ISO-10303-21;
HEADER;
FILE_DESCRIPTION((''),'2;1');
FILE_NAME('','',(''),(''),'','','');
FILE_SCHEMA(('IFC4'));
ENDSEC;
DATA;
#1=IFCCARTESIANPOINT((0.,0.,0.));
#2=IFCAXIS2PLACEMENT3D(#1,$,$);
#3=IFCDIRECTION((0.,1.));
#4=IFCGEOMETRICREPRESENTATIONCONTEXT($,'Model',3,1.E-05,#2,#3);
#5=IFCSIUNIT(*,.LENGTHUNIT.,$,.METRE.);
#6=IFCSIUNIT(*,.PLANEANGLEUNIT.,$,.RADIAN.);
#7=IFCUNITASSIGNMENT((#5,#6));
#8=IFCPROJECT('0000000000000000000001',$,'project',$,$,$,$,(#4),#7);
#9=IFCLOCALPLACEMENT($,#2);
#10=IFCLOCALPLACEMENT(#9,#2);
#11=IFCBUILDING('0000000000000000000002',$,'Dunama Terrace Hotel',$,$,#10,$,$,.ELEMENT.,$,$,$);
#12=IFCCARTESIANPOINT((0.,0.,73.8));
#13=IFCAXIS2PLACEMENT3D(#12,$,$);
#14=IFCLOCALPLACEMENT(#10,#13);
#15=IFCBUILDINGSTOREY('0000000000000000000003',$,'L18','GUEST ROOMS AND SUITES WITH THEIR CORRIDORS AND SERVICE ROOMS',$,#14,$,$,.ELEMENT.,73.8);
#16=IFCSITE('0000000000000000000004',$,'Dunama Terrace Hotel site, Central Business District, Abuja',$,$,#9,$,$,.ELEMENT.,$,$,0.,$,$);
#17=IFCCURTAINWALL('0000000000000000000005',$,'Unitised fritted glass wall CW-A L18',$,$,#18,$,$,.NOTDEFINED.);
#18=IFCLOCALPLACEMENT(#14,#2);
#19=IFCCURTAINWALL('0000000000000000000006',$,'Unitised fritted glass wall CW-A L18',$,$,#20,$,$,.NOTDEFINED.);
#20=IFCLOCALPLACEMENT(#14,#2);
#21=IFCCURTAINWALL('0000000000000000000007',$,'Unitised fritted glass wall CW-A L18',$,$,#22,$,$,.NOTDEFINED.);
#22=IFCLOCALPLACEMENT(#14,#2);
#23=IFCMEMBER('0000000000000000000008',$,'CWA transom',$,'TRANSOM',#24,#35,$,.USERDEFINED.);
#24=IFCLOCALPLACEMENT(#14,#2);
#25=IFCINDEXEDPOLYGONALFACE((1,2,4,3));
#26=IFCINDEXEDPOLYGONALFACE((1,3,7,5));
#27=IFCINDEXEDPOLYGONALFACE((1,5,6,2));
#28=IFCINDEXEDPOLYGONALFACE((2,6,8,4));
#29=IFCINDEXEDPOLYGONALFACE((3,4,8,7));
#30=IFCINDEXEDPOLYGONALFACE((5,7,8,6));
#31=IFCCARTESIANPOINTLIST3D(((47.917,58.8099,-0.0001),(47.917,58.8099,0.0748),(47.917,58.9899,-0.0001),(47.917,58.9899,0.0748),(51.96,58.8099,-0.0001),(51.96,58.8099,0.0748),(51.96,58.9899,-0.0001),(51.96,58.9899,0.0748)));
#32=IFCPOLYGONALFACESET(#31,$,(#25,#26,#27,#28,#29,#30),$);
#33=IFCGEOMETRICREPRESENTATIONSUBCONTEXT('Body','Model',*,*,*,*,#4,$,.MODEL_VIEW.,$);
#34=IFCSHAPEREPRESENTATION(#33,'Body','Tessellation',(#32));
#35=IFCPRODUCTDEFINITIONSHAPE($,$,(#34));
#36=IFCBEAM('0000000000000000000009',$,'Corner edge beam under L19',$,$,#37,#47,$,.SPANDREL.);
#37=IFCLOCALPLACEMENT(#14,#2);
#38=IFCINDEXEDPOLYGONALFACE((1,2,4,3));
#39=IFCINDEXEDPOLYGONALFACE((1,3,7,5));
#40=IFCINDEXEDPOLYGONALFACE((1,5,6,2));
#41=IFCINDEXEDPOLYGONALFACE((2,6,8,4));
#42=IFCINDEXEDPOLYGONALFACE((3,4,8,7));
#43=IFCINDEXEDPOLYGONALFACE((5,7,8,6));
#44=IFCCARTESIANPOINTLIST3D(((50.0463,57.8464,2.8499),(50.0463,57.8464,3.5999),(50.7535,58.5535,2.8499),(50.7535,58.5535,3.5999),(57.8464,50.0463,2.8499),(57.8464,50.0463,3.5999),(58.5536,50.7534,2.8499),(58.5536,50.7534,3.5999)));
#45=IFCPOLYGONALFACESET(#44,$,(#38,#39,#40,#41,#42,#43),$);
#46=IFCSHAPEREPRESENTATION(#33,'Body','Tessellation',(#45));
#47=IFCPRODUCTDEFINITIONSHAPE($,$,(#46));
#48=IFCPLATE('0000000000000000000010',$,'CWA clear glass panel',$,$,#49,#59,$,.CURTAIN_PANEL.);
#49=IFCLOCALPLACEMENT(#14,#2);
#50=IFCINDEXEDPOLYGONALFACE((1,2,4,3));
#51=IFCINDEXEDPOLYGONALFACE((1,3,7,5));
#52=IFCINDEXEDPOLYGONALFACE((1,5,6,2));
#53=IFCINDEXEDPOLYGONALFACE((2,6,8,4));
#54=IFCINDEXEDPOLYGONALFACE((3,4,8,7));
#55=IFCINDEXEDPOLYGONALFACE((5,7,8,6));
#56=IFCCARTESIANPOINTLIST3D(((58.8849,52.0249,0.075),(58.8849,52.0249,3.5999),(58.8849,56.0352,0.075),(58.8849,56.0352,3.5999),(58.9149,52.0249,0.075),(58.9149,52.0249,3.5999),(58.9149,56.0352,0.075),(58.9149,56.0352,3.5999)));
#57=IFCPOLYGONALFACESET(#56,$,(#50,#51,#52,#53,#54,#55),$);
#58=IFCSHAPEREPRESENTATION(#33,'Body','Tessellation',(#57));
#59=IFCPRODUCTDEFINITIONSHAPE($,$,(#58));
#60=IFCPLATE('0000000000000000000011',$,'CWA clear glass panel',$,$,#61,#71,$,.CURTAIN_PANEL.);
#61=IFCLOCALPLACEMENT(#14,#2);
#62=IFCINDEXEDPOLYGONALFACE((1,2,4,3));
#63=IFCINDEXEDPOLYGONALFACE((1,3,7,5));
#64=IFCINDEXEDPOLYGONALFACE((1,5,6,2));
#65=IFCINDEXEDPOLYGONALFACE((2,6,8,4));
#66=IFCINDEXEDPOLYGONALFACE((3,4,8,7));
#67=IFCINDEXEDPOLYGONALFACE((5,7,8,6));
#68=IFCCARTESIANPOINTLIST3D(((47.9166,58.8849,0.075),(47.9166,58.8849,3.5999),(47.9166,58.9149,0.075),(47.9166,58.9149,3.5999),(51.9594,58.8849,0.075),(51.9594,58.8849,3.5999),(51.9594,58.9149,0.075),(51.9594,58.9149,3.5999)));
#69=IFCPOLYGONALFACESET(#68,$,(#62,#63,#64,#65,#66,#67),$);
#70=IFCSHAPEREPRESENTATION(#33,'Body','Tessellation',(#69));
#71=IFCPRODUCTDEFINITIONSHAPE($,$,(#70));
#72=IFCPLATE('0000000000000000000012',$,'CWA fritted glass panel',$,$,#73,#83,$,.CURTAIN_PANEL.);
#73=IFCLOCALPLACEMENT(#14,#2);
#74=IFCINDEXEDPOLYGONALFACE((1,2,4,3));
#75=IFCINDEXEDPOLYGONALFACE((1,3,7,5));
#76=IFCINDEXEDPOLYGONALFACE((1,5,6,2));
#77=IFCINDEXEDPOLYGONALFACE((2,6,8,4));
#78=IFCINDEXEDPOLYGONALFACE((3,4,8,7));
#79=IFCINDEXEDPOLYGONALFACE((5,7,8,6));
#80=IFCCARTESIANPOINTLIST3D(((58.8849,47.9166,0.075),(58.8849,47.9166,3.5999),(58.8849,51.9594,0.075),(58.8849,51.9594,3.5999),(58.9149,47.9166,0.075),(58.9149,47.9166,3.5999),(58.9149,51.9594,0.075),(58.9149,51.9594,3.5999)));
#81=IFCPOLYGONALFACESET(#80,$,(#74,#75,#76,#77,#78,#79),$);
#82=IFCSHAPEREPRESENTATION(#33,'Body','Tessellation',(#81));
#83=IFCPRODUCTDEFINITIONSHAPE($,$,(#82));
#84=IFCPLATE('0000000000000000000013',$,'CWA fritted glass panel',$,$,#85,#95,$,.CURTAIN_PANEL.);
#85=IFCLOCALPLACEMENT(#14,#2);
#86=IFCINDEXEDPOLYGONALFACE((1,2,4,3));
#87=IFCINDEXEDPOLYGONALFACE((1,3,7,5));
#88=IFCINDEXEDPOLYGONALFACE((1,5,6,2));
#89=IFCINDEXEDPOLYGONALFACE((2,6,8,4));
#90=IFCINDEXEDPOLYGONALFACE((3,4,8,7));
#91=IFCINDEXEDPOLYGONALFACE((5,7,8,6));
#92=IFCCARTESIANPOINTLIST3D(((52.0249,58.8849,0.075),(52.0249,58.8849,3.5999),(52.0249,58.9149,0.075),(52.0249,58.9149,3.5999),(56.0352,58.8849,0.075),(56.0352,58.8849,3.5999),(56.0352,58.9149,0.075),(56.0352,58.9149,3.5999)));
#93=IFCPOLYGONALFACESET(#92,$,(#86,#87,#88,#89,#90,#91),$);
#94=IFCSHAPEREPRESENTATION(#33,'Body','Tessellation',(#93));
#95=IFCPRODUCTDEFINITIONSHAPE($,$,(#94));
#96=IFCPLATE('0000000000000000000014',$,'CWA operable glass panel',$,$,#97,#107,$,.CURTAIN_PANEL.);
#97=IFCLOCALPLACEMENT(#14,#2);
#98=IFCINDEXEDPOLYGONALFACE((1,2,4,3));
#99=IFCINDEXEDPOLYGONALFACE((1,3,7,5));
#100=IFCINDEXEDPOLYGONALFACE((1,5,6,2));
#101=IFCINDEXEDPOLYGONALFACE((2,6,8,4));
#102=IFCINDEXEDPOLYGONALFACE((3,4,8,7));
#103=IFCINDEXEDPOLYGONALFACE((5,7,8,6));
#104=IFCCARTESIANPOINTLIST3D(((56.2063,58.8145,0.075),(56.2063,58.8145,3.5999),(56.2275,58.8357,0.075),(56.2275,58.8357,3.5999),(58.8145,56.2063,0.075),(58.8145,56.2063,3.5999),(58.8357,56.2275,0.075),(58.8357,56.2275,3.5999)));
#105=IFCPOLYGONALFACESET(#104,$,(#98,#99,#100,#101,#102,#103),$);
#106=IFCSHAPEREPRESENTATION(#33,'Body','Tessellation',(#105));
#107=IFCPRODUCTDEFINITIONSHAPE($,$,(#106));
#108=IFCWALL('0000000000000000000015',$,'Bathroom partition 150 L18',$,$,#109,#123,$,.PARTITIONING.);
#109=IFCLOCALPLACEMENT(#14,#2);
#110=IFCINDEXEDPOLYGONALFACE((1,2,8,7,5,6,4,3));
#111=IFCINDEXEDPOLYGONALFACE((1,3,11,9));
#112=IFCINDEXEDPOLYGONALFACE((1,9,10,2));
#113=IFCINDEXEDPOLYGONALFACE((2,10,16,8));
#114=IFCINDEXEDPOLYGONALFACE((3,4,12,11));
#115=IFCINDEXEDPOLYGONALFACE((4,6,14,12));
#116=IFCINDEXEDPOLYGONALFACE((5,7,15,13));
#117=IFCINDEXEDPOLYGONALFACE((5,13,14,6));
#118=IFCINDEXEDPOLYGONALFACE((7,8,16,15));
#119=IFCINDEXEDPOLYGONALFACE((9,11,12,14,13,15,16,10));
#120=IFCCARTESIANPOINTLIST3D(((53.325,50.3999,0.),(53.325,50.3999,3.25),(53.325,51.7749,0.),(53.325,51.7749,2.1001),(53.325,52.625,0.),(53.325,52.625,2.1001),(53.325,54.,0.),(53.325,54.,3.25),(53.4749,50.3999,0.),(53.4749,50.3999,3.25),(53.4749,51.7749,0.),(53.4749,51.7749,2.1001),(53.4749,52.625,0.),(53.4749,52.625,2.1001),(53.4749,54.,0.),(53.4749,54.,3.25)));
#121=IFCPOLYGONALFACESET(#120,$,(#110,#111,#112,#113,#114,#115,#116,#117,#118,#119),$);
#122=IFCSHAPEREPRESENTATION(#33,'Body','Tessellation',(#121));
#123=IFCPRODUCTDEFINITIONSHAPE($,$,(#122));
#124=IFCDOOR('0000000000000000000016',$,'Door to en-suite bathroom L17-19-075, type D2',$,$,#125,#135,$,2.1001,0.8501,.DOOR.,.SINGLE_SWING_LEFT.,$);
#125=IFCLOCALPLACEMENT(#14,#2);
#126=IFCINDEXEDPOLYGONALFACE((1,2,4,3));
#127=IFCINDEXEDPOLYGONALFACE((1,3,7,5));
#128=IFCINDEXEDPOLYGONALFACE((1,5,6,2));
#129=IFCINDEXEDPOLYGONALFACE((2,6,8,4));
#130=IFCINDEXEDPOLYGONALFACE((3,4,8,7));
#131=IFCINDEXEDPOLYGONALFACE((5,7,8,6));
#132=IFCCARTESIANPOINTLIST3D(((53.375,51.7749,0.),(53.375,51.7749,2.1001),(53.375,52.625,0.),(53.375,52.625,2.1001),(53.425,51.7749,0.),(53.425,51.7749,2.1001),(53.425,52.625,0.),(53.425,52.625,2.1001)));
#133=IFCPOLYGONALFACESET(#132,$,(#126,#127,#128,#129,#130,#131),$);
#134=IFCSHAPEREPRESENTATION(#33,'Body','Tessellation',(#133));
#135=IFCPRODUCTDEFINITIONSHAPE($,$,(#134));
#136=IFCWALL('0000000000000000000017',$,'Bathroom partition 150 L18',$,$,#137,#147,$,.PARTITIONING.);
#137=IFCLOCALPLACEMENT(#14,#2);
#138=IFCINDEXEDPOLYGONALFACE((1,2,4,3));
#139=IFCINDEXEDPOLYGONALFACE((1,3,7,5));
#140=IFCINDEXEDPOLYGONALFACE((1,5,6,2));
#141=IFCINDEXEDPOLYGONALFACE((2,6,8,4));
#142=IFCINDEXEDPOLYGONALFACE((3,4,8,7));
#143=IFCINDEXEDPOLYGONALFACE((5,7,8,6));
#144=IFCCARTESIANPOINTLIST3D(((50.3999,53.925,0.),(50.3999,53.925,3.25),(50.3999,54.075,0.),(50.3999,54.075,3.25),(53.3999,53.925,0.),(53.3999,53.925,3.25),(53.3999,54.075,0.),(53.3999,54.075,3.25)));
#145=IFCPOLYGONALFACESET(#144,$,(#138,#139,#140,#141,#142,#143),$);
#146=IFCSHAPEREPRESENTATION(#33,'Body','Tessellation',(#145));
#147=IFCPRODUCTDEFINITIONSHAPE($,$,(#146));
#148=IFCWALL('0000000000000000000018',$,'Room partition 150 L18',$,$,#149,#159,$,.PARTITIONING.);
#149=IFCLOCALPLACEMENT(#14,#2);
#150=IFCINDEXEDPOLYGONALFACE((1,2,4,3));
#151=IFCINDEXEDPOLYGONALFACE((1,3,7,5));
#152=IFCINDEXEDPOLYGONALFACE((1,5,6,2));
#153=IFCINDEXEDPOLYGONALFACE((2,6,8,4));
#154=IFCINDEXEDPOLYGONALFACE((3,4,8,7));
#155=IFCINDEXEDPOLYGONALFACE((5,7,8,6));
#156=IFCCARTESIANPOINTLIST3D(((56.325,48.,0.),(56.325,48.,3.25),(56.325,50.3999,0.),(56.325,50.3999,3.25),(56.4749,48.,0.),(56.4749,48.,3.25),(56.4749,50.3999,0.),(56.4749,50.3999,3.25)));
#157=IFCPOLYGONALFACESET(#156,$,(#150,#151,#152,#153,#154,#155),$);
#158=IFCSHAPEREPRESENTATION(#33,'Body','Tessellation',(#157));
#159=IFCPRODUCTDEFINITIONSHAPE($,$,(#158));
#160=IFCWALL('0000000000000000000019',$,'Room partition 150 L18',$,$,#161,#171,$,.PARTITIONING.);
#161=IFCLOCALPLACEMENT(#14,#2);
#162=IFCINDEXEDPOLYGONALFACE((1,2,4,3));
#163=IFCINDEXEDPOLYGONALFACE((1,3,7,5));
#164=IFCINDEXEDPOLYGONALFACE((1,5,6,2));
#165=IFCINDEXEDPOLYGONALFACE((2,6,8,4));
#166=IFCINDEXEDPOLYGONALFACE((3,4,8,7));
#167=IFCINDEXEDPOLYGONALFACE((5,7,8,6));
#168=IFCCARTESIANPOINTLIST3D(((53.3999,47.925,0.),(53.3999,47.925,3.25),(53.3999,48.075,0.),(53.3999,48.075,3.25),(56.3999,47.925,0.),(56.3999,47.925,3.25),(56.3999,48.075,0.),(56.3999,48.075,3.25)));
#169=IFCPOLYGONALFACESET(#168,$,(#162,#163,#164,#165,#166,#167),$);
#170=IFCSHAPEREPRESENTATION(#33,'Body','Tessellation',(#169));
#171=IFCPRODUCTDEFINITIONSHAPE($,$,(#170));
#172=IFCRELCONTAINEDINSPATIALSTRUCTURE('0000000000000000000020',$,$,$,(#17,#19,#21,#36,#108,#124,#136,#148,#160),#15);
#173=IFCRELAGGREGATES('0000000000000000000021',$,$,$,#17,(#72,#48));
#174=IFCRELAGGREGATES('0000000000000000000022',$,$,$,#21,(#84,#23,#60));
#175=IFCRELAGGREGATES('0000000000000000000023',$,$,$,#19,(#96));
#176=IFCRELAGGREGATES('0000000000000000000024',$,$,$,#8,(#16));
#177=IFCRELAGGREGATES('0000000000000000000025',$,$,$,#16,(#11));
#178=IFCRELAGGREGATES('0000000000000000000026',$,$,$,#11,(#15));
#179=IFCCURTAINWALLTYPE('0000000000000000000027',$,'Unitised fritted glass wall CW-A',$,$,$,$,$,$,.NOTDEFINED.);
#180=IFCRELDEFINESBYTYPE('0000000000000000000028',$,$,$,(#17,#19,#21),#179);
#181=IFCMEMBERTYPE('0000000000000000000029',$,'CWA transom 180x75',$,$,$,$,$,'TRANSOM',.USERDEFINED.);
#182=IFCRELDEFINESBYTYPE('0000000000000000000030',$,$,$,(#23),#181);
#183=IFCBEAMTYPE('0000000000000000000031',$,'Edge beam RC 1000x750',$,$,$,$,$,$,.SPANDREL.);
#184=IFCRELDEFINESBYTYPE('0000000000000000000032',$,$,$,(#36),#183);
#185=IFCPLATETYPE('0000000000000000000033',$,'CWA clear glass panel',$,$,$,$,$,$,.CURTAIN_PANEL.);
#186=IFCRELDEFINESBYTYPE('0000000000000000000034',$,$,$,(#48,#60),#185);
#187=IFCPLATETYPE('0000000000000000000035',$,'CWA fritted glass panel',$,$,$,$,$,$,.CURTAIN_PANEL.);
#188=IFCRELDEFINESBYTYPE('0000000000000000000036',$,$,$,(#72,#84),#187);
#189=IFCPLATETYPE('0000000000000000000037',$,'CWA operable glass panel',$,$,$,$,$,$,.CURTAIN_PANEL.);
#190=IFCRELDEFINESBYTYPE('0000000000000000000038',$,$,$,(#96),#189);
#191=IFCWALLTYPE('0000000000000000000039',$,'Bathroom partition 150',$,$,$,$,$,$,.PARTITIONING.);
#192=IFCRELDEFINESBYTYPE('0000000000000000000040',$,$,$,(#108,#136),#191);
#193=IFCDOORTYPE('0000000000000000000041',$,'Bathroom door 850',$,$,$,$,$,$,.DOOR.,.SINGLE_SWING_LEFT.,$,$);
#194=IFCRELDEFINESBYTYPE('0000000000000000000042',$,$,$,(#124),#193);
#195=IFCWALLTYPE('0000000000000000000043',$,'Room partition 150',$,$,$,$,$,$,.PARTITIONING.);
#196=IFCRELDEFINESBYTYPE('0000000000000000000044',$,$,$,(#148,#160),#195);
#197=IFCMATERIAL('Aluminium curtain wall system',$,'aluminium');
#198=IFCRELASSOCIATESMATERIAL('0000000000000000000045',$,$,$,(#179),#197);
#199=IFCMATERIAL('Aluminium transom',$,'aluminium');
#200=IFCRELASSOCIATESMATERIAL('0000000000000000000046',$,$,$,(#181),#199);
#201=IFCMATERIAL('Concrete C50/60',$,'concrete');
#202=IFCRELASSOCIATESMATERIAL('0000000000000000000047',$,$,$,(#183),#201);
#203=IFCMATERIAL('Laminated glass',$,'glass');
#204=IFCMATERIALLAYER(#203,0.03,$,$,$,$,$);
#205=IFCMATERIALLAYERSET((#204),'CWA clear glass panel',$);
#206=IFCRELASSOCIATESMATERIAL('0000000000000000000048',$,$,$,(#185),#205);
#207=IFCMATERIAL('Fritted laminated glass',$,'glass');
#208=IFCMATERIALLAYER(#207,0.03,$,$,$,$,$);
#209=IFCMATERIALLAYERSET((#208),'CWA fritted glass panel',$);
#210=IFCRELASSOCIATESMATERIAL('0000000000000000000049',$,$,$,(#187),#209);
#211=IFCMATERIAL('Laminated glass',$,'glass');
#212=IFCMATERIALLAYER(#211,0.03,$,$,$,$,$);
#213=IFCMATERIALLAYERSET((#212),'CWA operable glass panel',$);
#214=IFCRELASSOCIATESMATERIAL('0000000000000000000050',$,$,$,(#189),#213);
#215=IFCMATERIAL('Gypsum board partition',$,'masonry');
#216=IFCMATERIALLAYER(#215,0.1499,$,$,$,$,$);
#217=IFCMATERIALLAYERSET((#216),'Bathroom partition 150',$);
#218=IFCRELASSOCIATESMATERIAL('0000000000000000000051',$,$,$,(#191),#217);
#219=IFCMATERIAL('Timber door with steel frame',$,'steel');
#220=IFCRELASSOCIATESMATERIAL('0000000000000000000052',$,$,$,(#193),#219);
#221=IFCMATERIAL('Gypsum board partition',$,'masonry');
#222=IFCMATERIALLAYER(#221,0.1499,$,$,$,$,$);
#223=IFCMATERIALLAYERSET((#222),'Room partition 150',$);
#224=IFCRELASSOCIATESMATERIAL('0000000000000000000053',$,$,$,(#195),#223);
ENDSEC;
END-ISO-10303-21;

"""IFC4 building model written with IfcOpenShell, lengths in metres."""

from ifc_helpers import new_model, si_unit, direction, frame, frame_2d, origin, origin_2d, place, context, subcontext, project, spatial, rectangle, extrude, material, layer, layer_set, material_profile, profile_set, type_object, element, fill, aggregate, save


model = new_model("IFC4")

# Units and contexts
model_context = context("Model", 3, precision=1e-05, world=origin(), true_north=direction((0.0, 1.0)))
body_context = subcontext(model_context, "Body", "Model", "MODEL_VIEW")
ifc_project = project(units=[si_unit("LENGTHUNIT", "METRE"), si_unit("PLANEANGLEUNIT", "RADIAN")], contexts=[model_context])

# Site, building, storey
site_placement = place(None, origin())
site = spatial("IfcSite", under=ifc_project, at=site_placement, Name="Dunama Terrace Hotel site, Central Business District, Abuja", CompositionType="ELEMENT", RefElevation=0.0)
building_placement = place(site_placement, origin())
building = spatial("IfcBuilding", under=site, at=building_placement, Name="Dunama Terrace Hotel", CompositionType="ELEMENT")
storey_placement = place(building_placement, frame((0.0, 0.0, 73.8)))
storey = spatial("IfcBuildingStorey", under=building, at=storey_placement, Name="L18", Description="GUEST ROOMS AND SUITES WITH THEIR CORRIDORS AND SERVICE ROOMS", CompositionType="ELEMENT", Elevation=73.8)

# Curtain walls
ifc_material_1 = material(Name="Aluminium curtain wall system", Category="aluminium")
curtain_wall_type = type_object("IfcCurtainWallType", Name="Unitised fritted glass wall CW-A", PredefinedType="NOTDEFINED", material=ifc_material_1)
curtain_wall_1_placement = place(storey_placement, origin())
curtain_wall_1 = element("IfcCurtainWall", 1, at=curtain_wall_1_placement, inside=storey, type_object=curtain_wall_type, Name="Unitised fritted glass wall CW-A L18", PredefinedType="NOTDEFINED")
curtain_wall_2_placement = place(storey_placement, origin())
curtain_wall_2 = element("IfcCurtainWall", 2, at=curtain_wall_2_placement, inside=storey, type_object=curtain_wall_type, Name="Unitised fritted glass wall CW-A L18", PredefinedType="NOTDEFINED")
curtain_wall_3_placement = place(storey_placement, origin())
curtain_wall_3 = element("IfcCurtainWall", 3, at=curtain_wall_3_placement, inside=storey, type_object=curtain_wall_type, Name="Unitised fritted glass wall CW-A L18", PredefinedType="NOTDEFINED")

# Member
ifc_material_2 = material(Name="Aluminium transom", Category="aluminium")
ifc_material_profile_1 = material_profile(ifc_material_2, rectangle(XDim=0.1799, YDim=0.075, at=origin_2d()), Name="CWA TRANSOM 180X75")
ifc_profile_set_1 = profile_set([ifc_material_profile_1], Name="Aluminium transom")
member_type_1 = type_object("IfcMemberType", Name="CWA transom 180x75", ElementType="TRANSOM", PredefinedType="USERDEFINED", material=ifc_profile_set_1)
member_1_placement = place(storey_placement, frame((51.96, 58.8999, 0.0374), z_axis=(-1.0, 0.0, 0.0), x_axis=(0.0, -1.0, 0.0)))
member_1 = element("IfcMember", 4, at=member_1_placement, type_object=member_type_1, Name="CWA transom", ObjectType="TRANSOM", PredefinedType="USERDEFINED", context=body_context, shape_type="SweptSolid", body=[
    extrude(rectangle(XDim=0.1799, YDim=0.075, at=origin_2d()), origin(), (0.0, 0.0, 1.0), 4.043),
])

# Beam
ifc_material_3 = material(Name="Concrete C50/60", Category="concrete")
ifc_material_profile_2 = material_profile(ifc_material_3, rectangle(XDim=1.0, YDim=0.75, at=origin_2d()), Name="RC 1000x750")
ifc_profile_set_2 = profile_set([ifc_material_profile_2], Name="Concrete C50/60")
beam_type = type_object("IfcBeamType", Name="Edge beam RC 1000x750", PredefinedType="SPANDREL", material=ifc_profile_set_2)
beam_placement = place(storey_placement, frame((50.3999, 58.2, 3.2249), z_axis=(0.707107, -0.707107, 0.0), x_axis=(0.707107, 0.707107, 0.0)))
element("IfcBeam", 5, at=beam_placement, inside=storey, type_object=beam_type, Name="Corner edge beam under L19", PredefinedType="SPANDREL", context=body_context, shape_type="SweptSolid", body=[
    extrude(rectangle(XDim=1.0, YDim=0.75, at=origin_2d()), origin(), (0.0, 0.0, 1.0), 11.031),
])

# Plates
ifc_material_4 = material(Name="Laminated glass", Category="glass")
ifc_layer_1 = layer(ifc_material_4, 0.03)
ifc_layer_set_1 = layer_set([ifc_layer_1], Name="CWA clear glass panel")
plate_type_1 = type_object("IfcPlateType", Name="CWA clear glass panel", PredefinedType="CURTAIN_PANEL", material=ifc_layer_set_1)
plate_1_placement = place(storey_placement, frame((58.8999, 54.03, 0.075), z_axis=(0.0, 0.0, 1.0), x_axis=(0.0, 1.0, 0.0)))
plate_1 = element("IfcPlate", 6, at=plate_1_placement, type_object=plate_type_1, Name="CWA clear glass panel", PredefinedType="CURTAIN_PANEL", context=body_context, shape_type="SweptSolid", body=[
    extrude(rectangle(XDim=4.0103, YDim=0.03, at=origin_2d()), origin(), (0.0, 0.0, 1.0), 3.5249),
])
plate_2_placement = place(storey_placement, frame((49.938, 58.8999, 0.075), z_axis=(0.0, 0.0, 1.0), x_axis=(-1.0, 0.0, 0.0)))
plate_2 = element("IfcPlate", 7, at=plate_2_placement, type_object=plate_type_1, Name="CWA clear glass panel", PredefinedType="CURTAIN_PANEL", context=body_context, shape_type="SweptSolid", body=[
    extrude(rectangle(XDim=4.0427, YDim=0.03, at=origin_2d()), origin(), (0.0, 0.0, 1.0), 3.5249),
])
ifc_material_5 = material(Name="Fritted laminated glass", Category="glass")
ifc_layer_2 = layer(ifc_material_5, 0.03)
ifc_layer_set_2 = layer_set([ifc_layer_2], Name="CWA fritted glass panel")
plate_type_2 = type_object("IfcPlateType", Name="CWA fritted glass panel", PredefinedType="CURTAIN_PANEL", material=ifc_layer_set_2)
plate_3_placement = place(storey_placement, frame((58.8999, 49.938, 0.075), z_axis=(0.0, 0.0, 1.0), x_axis=(0.0, 1.0, 0.0)))
plate_3 = element("IfcPlate", 8, at=plate_3_placement, type_object=plate_type_2, Name="CWA fritted glass panel", PredefinedType="CURTAIN_PANEL", context=body_context, shape_type="SweptSolid", body=[
    extrude(rectangle(XDim=4.0427, YDim=0.03, at=origin_2d()), origin(), (0.0, 0.0, 1.0), 3.5249),
])
aggregate(curtain_wall_1, [plate_3, plate_1])
plate_4_placement = place(storey_placement, frame((54.03, 58.8999, 0.075), z_axis=(0.0, 0.0, 1.0), x_axis=(-1.0, 0.0, 0.0)))
plate_4 = element("IfcPlate", 9, at=plate_4_placement, type_object=plate_type_2, Name="CWA fritted glass panel", PredefinedType="CURTAIN_PANEL", context=body_context, shape_type="SweptSolid", body=[
    extrude(rectangle(XDim=4.0103, YDim=0.03, at=origin_2d()), origin(), (0.0, 0.0, 1.0), 3.5249),
])
aggregate(curtain_wall_3, [plate_4, member_1, plate_2])
ifc_material_6 = material(Name="Laminated glass", Category="glass")
ifc_layer_3 = layer(ifc_material_6, 0.03)
ifc_layer_set_3 = layer_set([ifc_layer_3], Name="CWA operable glass panel")
plate_type_3 = type_object("IfcPlateType", Name="CWA operable glass panel", PredefinedType="CURTAIN_PANEL", material=ifc_layer_set_3)
plate_5_placement = place(storey_placement, frame((57.521, 57.521, 0.075), z_axis=(0.0, 0.0, 1.0), x_axis=(-0.707107, 0.707107, 0.0)))
plate_5 = element("IfcPlate", 10, at=plate_5_placement, type_object=plate_type_3, Name="CWA operable glass panel", PredefinedType="CURTAIN_PANEL", context=body_context, shape_type="SweptSolid", body=[
    extrude(rectangle(XDim=3.6885, YDim=0.03, at=origin_2d()), origin(), (0.0, 0.0, 1.0), 3.5249),
])
aggregate(curtain_wall_2, [plate_5])

# Wall, opening, door
ifc_material_7 = material(Name="Gypsum board partition", Category="masonry")
ifc_layer_4 = layer(ifc_material_7, 0.1499)
ifc_layer_set_4 = layer_set([ifc_layer_4], Name="Bathroom partition 150")
wall_type_1 = type_object("IfcWallType", Name="Bathroom partition 150", PredefinedType="PARTITIONING", material=ifc_layer_set_4)
wall_1_placement = place(storey_placement, frame((53.3999, 50.3999, 0.0), z_axis=(0.0, 0.0, 1.0), x_axis=(0.0, 1.0, 0.0)))
wall_1 = element("IfcWall", 11, at=wall_1_placement, inside=storey, type_object=wall_type_1, Name="Bathroom partition 150 L18", PredefinedType="PARTITIONING", context=body_context, shape_type="SweptSolid", body=[
    extrude(rectangle(XDim=3.6001, YDim=0.1499, at=frame_2d((1.8, 0.0))), origin(), (0.0, 0.0, 1.0), 3.25),
])
opening_1_placement = place(wall_1_placement, frame((1.375, 0.0, 0.0)))
opening_1 = element("IfcOpeningElement", 12, at=opening_1_placement, cuts=wall_1, PredefinedType="OPENING", context=body_context, shape_type="SweptSolid", body=[
    extrude(rectangle(XDim=0.8501, YDim=2.1001, at=frame_2d((0.425, 1.05))), frame((0.0, 0.085, 0.0), z_axis=(0.0, -1.0, 0.0), x_axis=(1.0, 0.0, 0.0)), (0.0, 0.0, 1.0), 0.1699),
])
ifc_material_8 = material(Name="Timber door with steel frame", Category="steel")
door_type_1 = type_object("IfcDoorType", Name="Bathroom door 850", OperationType="SINGLE_SWING_LEFT", PredefinedType="DOOR", material=ifc_material_8)
door_1_placement = place(opening_1_placement, origin())
door_1 = element("IfcDoor", 13, at=door_1_placement, inside=storey, type_object=door_type_1, Name="Door to en-suite bathroom L17-19-075, type D2", OperationType="SINGLE_SWING_LEFT", OverallHeight=2.1001, OverallWidth=0.8501, PredefinedType="DOOR", context=body_context, shape_type="SweptSolid", body=[
    extrude(rectangle(XDim=0.8501, YDim=2.1001, at=frame_2d((0.425, 1.05))), frame((0.0, 0.0249, 0.0), z_axis=(0.0, -1.0, 0.0), x_axis=(1.0, 0.0, 0.0)), (0.0, 0.0, 1.0), 0.05),
])
fill(opening_1, door_1)

# Walls
wall_2_placement = place(storey_placement, frame((50.3999, 54.0, 0.0), z_axis=(0.0, 0.0, 1.0), x_axis=(1.0, 0.0, 0.0)))
element("IfcWall", 14, at=wall_2_placement, inside=storey, type_object=wall_type_1, Name="Bathroom partition 150 L18", PredefinedType="PARTITIONING", context=body_context, shape_type="SweptSolid", body=[
    extrude(rectangle(XDim=3.0, YDim=0.1499, at=frame_2d((1.5, 0.0))), origin(), (0.0, 0.0, 1.0), 3.25),
])
ifc_material_9 = material(Name="Gypsum board partition", Category="masonry")
ifc_layer_5 = layer(ifc_material_9, 0.1499)
ifc_layer_set_5 = layer_set([ifc_layer_5], Name="Room partition 150")
wall_type_2 = type_object("IfcWallType", Name="Room partition 150", PredefinedType="PARTITIONING", material=ifc_layer_set_5)
wall_3_placement = place(storey_placement, frame((56.3999, 48.0, 0.0), z_axis=(0.0, 0.0, 1.0), x_axis=(0.0, 1.0, 0.0)))
element("IfcWall", 15, at=wall_3_placement, inside=storey, type_object=wall_type_2, Name="Room partition 150 L18", PredefinedType="PARTITIONING", context=body_context, shape_type="SweptSolid", body=[
    extrude(rectangle(XDim=2.3999, YDim=0.1499, at=frame_2d((1.2, 0.0))), origin(), (0.0, 0.0, 1.0), 3.25),
])
wall_4_placement = place(storey_placement, frame((53.3999, 48.0, 0.0), z_axis=(0.0, 0.0, 1.0), x_axis=(1.0, 0.0, 0.0)))
element("IfcWall", 16, at=wall_4_placement, inside=storey, type_object=wall_type_2, Name="Room partition 150 L18", PredefinedType="PARTITIONING", context=body_context, shape_type="SweptSolid", body=[
    extrude(rectangle(XDim=3.0, YDim=0.1499, at=frame_2d((1.5, 0.0))), origin(), (0.0, 0.0, 1.0), 3.25),
])

save(model, "model.ifc")
